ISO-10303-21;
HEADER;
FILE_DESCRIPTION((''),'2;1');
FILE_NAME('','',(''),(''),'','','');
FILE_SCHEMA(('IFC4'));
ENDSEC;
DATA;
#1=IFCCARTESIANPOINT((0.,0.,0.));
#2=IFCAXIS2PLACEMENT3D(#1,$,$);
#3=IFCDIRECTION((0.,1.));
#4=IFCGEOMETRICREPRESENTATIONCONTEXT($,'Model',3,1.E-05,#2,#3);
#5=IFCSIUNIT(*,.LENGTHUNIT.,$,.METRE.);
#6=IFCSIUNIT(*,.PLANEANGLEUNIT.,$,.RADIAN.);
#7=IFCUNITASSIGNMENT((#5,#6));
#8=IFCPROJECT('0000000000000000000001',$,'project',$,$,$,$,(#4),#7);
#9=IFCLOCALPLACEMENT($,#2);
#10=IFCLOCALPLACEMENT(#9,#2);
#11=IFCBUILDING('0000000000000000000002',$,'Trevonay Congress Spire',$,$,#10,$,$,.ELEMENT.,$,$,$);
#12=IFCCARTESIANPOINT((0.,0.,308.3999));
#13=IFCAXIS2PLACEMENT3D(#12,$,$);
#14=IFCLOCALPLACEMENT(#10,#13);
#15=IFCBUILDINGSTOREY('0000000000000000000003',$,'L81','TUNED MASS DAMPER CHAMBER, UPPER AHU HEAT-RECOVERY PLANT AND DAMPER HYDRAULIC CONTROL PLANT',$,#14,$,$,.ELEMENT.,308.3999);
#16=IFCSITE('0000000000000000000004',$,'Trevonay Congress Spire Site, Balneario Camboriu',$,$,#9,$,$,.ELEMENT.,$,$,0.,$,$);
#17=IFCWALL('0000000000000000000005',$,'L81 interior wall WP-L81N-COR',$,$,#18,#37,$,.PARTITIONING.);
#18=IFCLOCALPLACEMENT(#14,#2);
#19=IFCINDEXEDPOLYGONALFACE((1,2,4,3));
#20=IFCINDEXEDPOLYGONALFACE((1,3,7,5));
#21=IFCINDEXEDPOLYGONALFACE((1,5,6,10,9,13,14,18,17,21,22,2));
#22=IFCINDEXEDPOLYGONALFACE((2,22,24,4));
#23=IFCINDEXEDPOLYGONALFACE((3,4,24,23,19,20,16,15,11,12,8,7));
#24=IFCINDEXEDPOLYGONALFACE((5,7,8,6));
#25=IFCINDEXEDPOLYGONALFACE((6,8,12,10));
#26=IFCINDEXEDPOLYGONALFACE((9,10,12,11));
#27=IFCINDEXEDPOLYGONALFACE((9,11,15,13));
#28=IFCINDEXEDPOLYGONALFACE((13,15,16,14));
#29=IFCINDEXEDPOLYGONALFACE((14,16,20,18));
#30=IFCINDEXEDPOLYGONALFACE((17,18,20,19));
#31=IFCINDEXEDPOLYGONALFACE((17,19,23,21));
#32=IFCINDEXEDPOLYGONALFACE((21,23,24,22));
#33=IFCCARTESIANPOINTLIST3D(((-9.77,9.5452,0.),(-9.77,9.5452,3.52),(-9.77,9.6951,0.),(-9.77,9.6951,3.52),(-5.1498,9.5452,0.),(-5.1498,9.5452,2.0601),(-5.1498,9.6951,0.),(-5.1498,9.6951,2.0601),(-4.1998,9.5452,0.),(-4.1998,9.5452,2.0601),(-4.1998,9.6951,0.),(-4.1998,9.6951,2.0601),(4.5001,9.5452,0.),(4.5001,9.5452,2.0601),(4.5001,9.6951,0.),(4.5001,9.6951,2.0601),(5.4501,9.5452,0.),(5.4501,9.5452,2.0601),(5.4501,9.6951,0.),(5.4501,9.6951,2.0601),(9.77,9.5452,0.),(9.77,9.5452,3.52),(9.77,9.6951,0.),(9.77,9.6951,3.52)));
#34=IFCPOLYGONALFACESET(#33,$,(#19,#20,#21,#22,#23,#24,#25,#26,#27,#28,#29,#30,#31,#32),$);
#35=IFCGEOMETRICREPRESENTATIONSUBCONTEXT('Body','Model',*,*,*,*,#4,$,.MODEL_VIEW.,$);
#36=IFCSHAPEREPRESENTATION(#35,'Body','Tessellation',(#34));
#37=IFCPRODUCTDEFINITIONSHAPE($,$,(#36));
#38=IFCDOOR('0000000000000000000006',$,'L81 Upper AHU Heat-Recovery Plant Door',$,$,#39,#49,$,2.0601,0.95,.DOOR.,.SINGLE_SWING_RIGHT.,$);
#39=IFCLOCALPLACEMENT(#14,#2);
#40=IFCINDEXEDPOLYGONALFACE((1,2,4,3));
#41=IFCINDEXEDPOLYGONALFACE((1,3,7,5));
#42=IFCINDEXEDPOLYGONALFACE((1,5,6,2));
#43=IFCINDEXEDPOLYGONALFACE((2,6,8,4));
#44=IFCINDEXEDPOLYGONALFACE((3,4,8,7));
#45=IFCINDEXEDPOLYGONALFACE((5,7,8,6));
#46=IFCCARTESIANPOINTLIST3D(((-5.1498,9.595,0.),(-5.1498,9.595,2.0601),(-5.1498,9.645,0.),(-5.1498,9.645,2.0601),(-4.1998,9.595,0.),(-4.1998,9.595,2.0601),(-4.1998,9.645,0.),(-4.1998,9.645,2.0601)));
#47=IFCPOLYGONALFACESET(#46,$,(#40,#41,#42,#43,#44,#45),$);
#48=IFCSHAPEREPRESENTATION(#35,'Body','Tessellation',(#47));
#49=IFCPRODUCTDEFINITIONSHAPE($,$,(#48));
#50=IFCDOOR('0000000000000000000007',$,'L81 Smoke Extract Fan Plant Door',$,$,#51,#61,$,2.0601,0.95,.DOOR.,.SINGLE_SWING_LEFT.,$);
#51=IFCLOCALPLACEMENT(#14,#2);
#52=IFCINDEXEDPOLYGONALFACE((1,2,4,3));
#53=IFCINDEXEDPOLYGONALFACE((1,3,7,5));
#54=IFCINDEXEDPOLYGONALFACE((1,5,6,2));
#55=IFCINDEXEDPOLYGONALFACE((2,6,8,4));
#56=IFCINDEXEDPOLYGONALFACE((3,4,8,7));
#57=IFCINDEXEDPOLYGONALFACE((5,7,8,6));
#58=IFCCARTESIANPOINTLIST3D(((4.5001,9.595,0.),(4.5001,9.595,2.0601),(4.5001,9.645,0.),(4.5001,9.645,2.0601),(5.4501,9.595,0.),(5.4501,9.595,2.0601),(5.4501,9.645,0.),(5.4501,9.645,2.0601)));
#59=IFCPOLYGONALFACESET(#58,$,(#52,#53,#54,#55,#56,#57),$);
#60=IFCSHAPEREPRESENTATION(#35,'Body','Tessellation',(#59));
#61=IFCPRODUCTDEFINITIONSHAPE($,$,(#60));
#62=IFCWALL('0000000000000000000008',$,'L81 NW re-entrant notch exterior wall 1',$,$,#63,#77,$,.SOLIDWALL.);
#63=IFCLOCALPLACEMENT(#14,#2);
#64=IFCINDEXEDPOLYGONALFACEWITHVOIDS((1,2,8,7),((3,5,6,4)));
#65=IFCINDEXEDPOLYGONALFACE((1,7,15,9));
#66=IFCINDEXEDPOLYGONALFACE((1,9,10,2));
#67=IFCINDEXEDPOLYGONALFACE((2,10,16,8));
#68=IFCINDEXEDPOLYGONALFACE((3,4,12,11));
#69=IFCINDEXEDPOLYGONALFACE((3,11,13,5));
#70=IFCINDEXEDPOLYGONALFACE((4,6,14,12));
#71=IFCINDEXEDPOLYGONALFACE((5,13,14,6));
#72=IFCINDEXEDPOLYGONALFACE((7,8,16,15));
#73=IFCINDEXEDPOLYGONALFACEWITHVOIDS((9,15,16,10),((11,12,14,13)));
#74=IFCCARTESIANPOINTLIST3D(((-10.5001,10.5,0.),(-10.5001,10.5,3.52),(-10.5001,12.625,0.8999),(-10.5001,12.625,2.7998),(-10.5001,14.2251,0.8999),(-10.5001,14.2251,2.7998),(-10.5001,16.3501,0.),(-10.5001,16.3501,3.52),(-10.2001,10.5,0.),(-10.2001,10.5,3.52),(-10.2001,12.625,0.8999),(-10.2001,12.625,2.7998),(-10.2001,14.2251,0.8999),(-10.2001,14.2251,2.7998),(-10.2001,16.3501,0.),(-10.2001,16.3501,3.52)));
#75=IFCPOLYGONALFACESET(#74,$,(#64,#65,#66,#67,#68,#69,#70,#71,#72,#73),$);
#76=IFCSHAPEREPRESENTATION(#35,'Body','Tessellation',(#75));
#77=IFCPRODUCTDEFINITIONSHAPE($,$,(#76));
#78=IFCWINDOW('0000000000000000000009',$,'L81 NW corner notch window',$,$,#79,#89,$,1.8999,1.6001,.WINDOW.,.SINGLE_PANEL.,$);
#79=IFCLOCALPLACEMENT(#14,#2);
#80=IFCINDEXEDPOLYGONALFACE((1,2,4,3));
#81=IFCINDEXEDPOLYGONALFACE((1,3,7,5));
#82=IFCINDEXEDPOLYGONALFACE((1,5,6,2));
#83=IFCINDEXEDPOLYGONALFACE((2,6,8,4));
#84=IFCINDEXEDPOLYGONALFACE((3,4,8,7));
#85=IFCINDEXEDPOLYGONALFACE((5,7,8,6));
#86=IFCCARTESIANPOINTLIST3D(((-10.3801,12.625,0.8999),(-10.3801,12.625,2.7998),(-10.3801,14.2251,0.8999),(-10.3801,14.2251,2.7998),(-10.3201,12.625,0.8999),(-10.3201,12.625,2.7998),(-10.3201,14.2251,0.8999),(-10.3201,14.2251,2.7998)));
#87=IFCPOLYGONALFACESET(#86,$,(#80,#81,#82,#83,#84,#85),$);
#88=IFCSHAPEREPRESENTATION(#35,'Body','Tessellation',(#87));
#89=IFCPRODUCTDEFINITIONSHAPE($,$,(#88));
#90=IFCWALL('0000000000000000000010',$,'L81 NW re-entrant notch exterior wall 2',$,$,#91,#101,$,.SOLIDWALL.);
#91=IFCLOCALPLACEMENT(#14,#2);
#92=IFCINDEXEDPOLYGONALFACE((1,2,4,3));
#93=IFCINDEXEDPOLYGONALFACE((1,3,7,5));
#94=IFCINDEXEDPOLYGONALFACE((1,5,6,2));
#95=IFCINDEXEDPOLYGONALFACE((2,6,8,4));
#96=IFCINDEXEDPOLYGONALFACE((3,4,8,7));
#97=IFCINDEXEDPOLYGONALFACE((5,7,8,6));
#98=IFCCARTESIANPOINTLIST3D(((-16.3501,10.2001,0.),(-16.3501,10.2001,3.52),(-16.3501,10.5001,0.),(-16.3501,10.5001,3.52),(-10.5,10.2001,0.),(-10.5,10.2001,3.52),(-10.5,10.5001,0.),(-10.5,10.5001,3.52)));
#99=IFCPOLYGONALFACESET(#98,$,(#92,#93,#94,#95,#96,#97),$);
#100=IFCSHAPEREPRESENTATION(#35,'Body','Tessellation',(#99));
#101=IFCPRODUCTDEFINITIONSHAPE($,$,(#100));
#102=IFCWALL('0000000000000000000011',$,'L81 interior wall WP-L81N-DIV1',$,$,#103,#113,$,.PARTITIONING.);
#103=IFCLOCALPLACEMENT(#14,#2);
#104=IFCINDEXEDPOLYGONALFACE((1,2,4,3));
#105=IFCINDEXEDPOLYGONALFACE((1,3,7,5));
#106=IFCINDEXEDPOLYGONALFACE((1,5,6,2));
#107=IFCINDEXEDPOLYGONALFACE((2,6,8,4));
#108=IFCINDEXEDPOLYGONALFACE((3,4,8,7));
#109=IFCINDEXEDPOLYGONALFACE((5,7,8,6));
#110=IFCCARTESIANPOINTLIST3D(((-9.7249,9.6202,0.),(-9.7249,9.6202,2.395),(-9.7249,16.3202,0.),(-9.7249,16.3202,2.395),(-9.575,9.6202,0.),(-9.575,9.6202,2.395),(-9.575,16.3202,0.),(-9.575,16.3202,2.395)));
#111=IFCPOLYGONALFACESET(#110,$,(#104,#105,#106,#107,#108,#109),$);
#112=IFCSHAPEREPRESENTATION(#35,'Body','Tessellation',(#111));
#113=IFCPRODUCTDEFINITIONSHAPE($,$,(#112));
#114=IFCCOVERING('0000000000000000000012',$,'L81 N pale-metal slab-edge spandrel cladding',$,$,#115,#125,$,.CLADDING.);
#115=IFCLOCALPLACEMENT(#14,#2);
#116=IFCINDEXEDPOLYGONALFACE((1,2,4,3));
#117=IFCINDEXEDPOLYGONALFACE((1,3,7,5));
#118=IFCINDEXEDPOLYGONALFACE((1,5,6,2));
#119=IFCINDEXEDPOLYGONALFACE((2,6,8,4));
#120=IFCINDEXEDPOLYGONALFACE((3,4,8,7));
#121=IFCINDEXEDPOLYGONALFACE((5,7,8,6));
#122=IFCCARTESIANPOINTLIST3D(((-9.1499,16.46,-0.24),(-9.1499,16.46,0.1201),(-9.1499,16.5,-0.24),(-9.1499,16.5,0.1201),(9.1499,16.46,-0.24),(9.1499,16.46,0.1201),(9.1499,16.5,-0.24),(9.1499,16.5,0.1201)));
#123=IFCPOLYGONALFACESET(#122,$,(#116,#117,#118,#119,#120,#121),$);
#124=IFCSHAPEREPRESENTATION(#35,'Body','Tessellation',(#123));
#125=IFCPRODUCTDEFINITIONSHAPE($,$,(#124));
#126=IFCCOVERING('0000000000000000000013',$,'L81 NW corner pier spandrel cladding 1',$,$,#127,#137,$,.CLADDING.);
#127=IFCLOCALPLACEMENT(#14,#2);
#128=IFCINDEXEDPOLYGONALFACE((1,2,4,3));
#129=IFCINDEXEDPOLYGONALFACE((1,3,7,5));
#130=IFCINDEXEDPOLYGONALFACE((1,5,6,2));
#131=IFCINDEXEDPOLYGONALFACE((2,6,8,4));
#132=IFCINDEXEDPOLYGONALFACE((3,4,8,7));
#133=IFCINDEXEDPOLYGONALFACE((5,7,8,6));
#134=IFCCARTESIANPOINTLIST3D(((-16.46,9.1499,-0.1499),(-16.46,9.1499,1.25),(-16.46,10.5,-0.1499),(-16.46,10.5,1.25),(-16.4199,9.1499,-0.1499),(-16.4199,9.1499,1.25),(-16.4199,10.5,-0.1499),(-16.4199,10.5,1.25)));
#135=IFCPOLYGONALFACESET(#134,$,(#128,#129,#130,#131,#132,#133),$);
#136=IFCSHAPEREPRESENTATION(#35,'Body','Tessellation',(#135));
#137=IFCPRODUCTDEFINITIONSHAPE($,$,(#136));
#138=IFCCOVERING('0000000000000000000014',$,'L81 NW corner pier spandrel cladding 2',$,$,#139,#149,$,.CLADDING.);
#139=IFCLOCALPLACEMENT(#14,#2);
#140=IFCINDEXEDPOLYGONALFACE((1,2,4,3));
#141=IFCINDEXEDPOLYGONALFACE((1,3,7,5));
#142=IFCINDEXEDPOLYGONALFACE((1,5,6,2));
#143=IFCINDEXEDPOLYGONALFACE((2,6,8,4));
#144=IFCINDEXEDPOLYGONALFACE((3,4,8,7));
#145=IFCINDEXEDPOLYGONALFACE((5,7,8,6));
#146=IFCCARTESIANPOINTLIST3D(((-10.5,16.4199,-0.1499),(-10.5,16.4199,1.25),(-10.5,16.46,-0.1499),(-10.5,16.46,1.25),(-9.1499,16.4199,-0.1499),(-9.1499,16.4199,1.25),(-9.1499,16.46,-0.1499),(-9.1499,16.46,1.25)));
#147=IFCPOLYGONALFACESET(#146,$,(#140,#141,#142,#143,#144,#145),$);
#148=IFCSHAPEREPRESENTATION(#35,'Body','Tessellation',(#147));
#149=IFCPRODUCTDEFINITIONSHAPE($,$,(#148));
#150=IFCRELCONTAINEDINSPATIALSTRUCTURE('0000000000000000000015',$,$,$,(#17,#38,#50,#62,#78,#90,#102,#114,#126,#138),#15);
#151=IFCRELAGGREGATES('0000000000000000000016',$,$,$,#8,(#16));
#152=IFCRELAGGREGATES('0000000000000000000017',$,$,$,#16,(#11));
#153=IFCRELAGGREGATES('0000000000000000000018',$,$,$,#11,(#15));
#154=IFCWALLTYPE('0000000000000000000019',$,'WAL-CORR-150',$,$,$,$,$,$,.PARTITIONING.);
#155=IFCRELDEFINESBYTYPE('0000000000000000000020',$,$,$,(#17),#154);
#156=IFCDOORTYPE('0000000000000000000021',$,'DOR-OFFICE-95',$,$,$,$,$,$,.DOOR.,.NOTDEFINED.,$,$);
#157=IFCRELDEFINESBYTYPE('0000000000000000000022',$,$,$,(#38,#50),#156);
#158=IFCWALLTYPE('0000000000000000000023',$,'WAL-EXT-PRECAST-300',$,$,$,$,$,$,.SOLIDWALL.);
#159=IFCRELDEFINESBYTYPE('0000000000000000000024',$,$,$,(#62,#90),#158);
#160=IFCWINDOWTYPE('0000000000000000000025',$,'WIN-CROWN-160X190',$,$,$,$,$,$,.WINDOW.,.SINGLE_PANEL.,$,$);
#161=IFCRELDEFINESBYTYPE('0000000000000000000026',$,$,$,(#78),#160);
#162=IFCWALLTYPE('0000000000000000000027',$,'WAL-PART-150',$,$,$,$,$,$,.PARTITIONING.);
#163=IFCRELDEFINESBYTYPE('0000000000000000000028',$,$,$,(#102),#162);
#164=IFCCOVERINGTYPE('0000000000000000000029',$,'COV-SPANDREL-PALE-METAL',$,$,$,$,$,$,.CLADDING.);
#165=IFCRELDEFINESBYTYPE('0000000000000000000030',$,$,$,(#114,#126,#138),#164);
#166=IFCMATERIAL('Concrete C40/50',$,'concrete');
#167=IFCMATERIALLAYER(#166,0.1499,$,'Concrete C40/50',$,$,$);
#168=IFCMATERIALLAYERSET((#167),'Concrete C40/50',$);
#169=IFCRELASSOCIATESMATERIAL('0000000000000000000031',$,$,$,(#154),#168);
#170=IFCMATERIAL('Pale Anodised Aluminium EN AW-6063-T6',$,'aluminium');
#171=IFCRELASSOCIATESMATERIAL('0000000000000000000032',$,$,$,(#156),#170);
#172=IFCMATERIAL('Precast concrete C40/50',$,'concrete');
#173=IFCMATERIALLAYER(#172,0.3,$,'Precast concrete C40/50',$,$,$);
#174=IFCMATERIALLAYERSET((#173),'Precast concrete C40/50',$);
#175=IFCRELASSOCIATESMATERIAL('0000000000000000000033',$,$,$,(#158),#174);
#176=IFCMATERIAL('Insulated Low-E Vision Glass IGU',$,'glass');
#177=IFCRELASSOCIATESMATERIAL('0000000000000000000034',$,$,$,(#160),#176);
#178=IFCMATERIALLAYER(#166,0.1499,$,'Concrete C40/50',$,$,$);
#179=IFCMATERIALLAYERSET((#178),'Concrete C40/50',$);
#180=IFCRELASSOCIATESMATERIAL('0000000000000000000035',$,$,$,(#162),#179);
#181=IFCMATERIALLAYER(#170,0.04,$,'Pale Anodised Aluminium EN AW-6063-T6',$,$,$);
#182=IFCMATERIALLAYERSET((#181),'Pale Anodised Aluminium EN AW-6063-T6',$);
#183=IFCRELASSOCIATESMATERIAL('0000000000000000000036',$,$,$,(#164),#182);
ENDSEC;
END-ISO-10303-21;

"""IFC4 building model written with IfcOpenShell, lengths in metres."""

from ifc_helpers import new_model, si_unit, direction, frame, frame_2d, origin, place, context, subcontext, project, spatial, rectangle, extrude, material, layer, layer_set, type_object, element, fill, save


model = new_model("IFC4")

# Units and contexts
model_context = context("Model", 3, precision=1e-05, world=origin(), true_north=direction((0.0, 1.0)))
body_context = subcontext(model_context, "Body", "Model", "MODEL_VIEW")
ifc_project = project(units=[si_unit("LENGTHUNIT", "METRE"), si_unit("PLANEANGLEUNIT", "RADIAN")], contexts=[model_context])

# Site, building, storey
site_placement = place(None, origin())
site = spatial("IfcSite", under=ifc_project, at=site_placement, Name="Trevonay Congress Spire Site, Balneario Camboriu", CompositionType="ELEMENT", RefElevation=0.0)
building_placement = place(site_placement, origin())
building = spatial("IfcBuilding", under=site, at=building_placement, Name="Trevonay Congress Spire", CompositionType="ELEMENT")
storey_placement = place(building_placement, frame((0.0, 0.0, 308.3999)))
storey = spatial("IfcBuildingStorey", under=building, at=storey_placement, Name="L81", Description="TUNED MASS DAMPER CHAMBER, UPPER AHU HEAT-RECOVERY PLANT AND DAMPER HYDRAULIC CONTROL PLANT", CompositionType="ELEMENT", Elevation=308.3999)

# Shared definitions
ifc_material_1 = material(Name="Pale Anodised Aluminium EN AW-6063-T6", Category="aluminium")

# Wall, openings, doors
ifc_material_2 = material(Name="Concrete C40/50", Category="concrete")
ifc_layer_1 = layer(ifc_material_2, 0.1499, Name="Concrete C40/50")
ifc_layer_set_1 = layer_set([ifc_layer_1], Name="Concrete C40/50")
wall_type_1 = type_object("IfcWallType", Name="WAL-CORR-150", PredefinedType="PARTITIONING", material=ifc_layer_set_1)
wall_1_placement = place(storey_placement, frame((-9.77, 9.6201, 0.0), z_axis=(0.0, 0.0, 1.0), x_axis=(1.0, 0.0, 0.0)))
wall_1 = element("IfcWall", 1, at=wall_1_placement, inside=storey, type_object=wall_type_1, Name="L81 interior wall WP-L81N-COR", PredefinedType="PARTITIONING", context=body_context, shape_type="SweptSolid", body=[
    extrude(rectangle(XDim=19.54, YDim=0.1499, at=frame_2d((9.77, 0.0))), origin(), (0.0, 0.0, 1.0), 3.52),
])
opening_1_placement = place(wall_1_placement, frame((4.6201, 0.0, 0.0)))
opening_1 = element("IfcOpeningElement", 2, at=opening_1_placement, cuts=wall_1, PredefinedType="OPENING", context=body_context, shape_type="SweptSolid", body=[
    extrude(rectangle(XDim=0.95, YDim=2.0601, at=frame_2d((0.4751, 1.03))), frame((0.0, 0.085, 0.0), z_axis=(0.0, -1.0, 0.0), x_axis=(1.0, 0.0, 0.0)), (0.0, 0.0, 1.0), 0.1699),
])
opening_2_placement = place(wall_1_placement, frame((14.27, 0.0, 0.0)))
opening_2 = element("IfcOpeningElement", 3, at=opening_2_placement, cuts=wall_1, PredefinedType="OPENING", context=body_context, shape_type="SweptSolid", body=[
    extrude(rectangle(XDim=0.95, YDim=2.0601, at=frame_2d((0.4751, 1.03))), frame((0.0, 0.085, 0.0), z_axis=(0.0, -1.0, 0.0), x_axis=(1.0, 0.0, 0.0)), (0.0, 0.0, 1.0), 0.1699),
])
door_type = type_object("IfcDoorType", Name="DOR-OFFICE-95", OperationType="NOTDEFINED", PredefinedType="DOOR", material=ifc_material_1)
door_1_placement = place(opening_1_placement, origin())
door_1 = element("IfcDoor", 4, at=door_1_placement, inside=storey, type_object=door_type, Name="L81 Upper AHU Heat-Recovery Plant Door", OperationType="SINGLE_SWING_RIGHT", OverallHeight=2.0601, OverallWidth=0.95, PredefinedType="DOOR", context=body_context, shape_type="SweptSolid", body=[
    extrude(rectangle(XDim=0.95, YDim=2.0601, at=frame_2d((0.4751, 1.03))), frame((0.0, 0.0249, 0.0), z_axis=(0.0, -1.0, 0.0), x_axis=(1.0, 0.0, 0.0)), (0.0, 0.0, 1.0), 0.05),
])
fill(opening_1, door_1)
door_2_placement = place(opening_2_placement, origin())
door_2 = element("IfcDoor", 5, at=door_2_placement, inside=storey, type_object=door_type, Name="L81 Smoke Extract Fan Plant Door", OperationType="SINGLE_SWING_LEFT", OverallHeight=2.0601, OverallWidth=0.95, PredefinedType="DOOR", context=body_context, shape_type="SweptSolid", body=[
    extrude(rectangle(XDim=0.95, YDim=2.0601, at=frame_2d((0.4751, 1.03))), frame((0.0, 0.0249, 0.0), z_axis=(0.0, -1.0, 0.0), x_axis=(1.0, 0.0, 0.0)), (0.0, 0.0, 1.0), 0.05),
])
fill(opening_2, door_2)

# Wall, opening, window
ifc_material_3 = material(Name="Precast concrete C40/50", Category="concrete")
ifc_layer_2 = layer(ifc_material_3, 0.3, Name="Precast concrete C40/50")
ifc_layer_set_2 = layer_set([ifc_layer_2], Name="Precast concrete C40/50")
wall_type_2 = type_object("IfcWallType", Name="WAL-EXT-PRECAST-300", PredefinedType="SOLIDWALL", material=ifc_layer_set_2)
wall_2_placement = place(storey_placement, frame((-10.3501, 16.3501, 0.0), z_axis=(0.0, 0.0, 1.0), x_axis=(0.0, -1.0, 0.0)))
wall_2 = element("IfcWall", 6, at=wall_2_placement, inside=storey, type_object=wall_type_2, Name="L81 NW re-entrant notch exterior wall 1", PredefinedType="SOLIDWALL", context=body_context, shape_type="SweptSolid", body=[
    extrude(rectangle(XDim=5.8501, YDim=0.3, at=frame_2d((2.925, 0.0))), origin(), (0.0, 0.0, 1.0), 3.52),
])
opening_3_placement = place(wall_2_placement, frame((2.125, 0.0, 0.8999)))
opening_3 = element("IfcOpeningElement", 7, at=opening_3_placement, cuts=wall_2, PredefinedType="OPENING", context=body_context, shape_type="SweptSolid", body=[
    extrude(rectangle(XDim=1.6001, YDim=1.8999, at=frame_2d((0.8, 0.95))), frame((0.0, 0.1602, 0.0), z_axis=(0.0, -1.0, 0.0), x_axis=(1.0, 0.0, 0.0)), (0.0, 0.0, 1.0), 0.3201),
])
ifc_material_4 = material(Name="Insulated Low-E Vision Glass IGU", Category="glass")
window_type = type_object("IfcWindowType", Name="WIN-CROWN-160X190", PartitioningType="SINGLE_PANEL", PredefinedType="WINDOW", material=ifc_material_4)
window_placement = place(opening_3_placement, origin())
window = element("IfcWindow", 8, at=window_placement, inside=storey, type_object=window_type, Name="L81 NW corner notch window", OverallHeight=1.8999, OverallWidth=1.6001, PartitioningType="SINGLE_PANEL", PredefinedType="WINDOW", context=body_context, shape_type="SweptSolid", body=[
    extrude(rectangle(XDim=1.6001, YDim=1.8999, at=frame_2d((0.8, 0.95))), frame((0.0, 0.03, 0.0), z_axis=(0.0, -1.0, 0.0), x_axis=(1.0, 0.0, 0.0)), (0.0, 0.0, 1.0), 0.0601),
])
fill(opening_3, window)

# Walls
wall_3_placement = place(storey_placement, frame((-16.3501, 10.3501, 0.0), z_axis=(0.0, 0.0, 1.0), x_axis=(1.0, 0.0, 0.0)))
element("IfcWall", 9, at=wall_3_placement, inside=storey, type_object=wall_type_2, Name="L81 NW re-entrant notch exterior wall 2", PredefinedType="SOLIDWALL", context=body_context, shape_type="SweptSolid", body=[
    extrude(rectangle(XDim=5.8501, YDim=0.3, at=frame_2d((2.925, 0.0))), origin(), (0.0, 0.0, 1.0), 3.52),
])
ifc_layer_3 = layer(ifc_material_2, 0.1499, Name="Concrete C40/50")
ifc_layer_set_3 = layer_set([ifc_layer_3], Name="Concrete C40/50")
wall_type_3 = type_object("IfcWallType", Name="WAL-PART-150", PredefinedType="PARTITIONING", material=ifc_layer_set_3)
wall_4_placement = place(storey_placement, frame((-9.6499, 9.6201, 0.0), z_axis=(0.0, 0.0, 1.0), x_axis=(0.0, 1.0, 0.0)))
element("IfcWall", 10, at=wall_4_placement, inside=storey, type_object=wall_type_3, Name="L81 interior wall WP-L81N-DIV1", PredefinedType="PARTITIONING", context=body_context, shape_type="SweptSolid", body=[
    extrude(rectangle(XDim=6.7, YDim=0.1499, at=frame_2d((3.3501, 0.0))), origin(), (0.0, 0.0, 1.0), 2.395),
])

# Coverings
ifc_layer_4 = layer(ifc_material_1, 0.04, Name="Pale Anodised Aluminium EN AW-6063-T6")
ifc_layer_set_4 = layer_set([ifc_layer_4], Name="Pale Anodised Aluminium EN AW-6063-T6")
covering_type = type_object("IfcCoveringType", Name="COV-SPANDREL-PALE-METAL", PredefinedType="CLADDING", material=ifc_layer_set_4)
covering_placement = place(storey_placement, frame((-9.1499, 16.48, -0.24), z_axis=(0.0, 0.0, 1.0), x_axis=(1.0, 0.0, 0.0)))
element("IfcCovering", 11, at=covering_placement, inside=storey, type_object=covering_type, Name="L81 N pale-metal slab-edge spandrel cladding", PredefinedType="CLADDING", context=body_context, shape_type="SweptSolid", body=[
    extrude(rectangle(XDim=18.2998, YDim=0.04, at=frame_2d((9.1499, 0.0))), origin(), (0.0, 0.0, 1.0), 0.3601),
])
for number, where, z_axis, x_axis, name in (
    (12, (-16.4399, 9.1499, -0.1499), (0.0, 0.0, 1.0), (0.0, 1.0, 0.0), "L81 NW corner pier spandrel cladding 1"),
    (13, (-9.1499, 16.4399, -0.1499), (0.0, 0.0, 1.0), (-1.0, 0.0, 0.0), "L81 NW corner pier spandrel cladding 2"),
):
    element("IfcCovering", number, at=place(storey_placement, frame(where, z_axis=z_axis, x_axis=x_axis)), inside=storey, type_object=covering_type, Name=name, PredefinedType="CLADDING", context=body_context, shape_type="SweptSolid", body=[
        extrude(rectangle(XDim=1.3501, YDim=0.04, at=frame_2d((0.675, 0.0))), origin(), (0.0, 0.0, 1.0), 1.3999),
    ])

save(model, "model.ifc")
